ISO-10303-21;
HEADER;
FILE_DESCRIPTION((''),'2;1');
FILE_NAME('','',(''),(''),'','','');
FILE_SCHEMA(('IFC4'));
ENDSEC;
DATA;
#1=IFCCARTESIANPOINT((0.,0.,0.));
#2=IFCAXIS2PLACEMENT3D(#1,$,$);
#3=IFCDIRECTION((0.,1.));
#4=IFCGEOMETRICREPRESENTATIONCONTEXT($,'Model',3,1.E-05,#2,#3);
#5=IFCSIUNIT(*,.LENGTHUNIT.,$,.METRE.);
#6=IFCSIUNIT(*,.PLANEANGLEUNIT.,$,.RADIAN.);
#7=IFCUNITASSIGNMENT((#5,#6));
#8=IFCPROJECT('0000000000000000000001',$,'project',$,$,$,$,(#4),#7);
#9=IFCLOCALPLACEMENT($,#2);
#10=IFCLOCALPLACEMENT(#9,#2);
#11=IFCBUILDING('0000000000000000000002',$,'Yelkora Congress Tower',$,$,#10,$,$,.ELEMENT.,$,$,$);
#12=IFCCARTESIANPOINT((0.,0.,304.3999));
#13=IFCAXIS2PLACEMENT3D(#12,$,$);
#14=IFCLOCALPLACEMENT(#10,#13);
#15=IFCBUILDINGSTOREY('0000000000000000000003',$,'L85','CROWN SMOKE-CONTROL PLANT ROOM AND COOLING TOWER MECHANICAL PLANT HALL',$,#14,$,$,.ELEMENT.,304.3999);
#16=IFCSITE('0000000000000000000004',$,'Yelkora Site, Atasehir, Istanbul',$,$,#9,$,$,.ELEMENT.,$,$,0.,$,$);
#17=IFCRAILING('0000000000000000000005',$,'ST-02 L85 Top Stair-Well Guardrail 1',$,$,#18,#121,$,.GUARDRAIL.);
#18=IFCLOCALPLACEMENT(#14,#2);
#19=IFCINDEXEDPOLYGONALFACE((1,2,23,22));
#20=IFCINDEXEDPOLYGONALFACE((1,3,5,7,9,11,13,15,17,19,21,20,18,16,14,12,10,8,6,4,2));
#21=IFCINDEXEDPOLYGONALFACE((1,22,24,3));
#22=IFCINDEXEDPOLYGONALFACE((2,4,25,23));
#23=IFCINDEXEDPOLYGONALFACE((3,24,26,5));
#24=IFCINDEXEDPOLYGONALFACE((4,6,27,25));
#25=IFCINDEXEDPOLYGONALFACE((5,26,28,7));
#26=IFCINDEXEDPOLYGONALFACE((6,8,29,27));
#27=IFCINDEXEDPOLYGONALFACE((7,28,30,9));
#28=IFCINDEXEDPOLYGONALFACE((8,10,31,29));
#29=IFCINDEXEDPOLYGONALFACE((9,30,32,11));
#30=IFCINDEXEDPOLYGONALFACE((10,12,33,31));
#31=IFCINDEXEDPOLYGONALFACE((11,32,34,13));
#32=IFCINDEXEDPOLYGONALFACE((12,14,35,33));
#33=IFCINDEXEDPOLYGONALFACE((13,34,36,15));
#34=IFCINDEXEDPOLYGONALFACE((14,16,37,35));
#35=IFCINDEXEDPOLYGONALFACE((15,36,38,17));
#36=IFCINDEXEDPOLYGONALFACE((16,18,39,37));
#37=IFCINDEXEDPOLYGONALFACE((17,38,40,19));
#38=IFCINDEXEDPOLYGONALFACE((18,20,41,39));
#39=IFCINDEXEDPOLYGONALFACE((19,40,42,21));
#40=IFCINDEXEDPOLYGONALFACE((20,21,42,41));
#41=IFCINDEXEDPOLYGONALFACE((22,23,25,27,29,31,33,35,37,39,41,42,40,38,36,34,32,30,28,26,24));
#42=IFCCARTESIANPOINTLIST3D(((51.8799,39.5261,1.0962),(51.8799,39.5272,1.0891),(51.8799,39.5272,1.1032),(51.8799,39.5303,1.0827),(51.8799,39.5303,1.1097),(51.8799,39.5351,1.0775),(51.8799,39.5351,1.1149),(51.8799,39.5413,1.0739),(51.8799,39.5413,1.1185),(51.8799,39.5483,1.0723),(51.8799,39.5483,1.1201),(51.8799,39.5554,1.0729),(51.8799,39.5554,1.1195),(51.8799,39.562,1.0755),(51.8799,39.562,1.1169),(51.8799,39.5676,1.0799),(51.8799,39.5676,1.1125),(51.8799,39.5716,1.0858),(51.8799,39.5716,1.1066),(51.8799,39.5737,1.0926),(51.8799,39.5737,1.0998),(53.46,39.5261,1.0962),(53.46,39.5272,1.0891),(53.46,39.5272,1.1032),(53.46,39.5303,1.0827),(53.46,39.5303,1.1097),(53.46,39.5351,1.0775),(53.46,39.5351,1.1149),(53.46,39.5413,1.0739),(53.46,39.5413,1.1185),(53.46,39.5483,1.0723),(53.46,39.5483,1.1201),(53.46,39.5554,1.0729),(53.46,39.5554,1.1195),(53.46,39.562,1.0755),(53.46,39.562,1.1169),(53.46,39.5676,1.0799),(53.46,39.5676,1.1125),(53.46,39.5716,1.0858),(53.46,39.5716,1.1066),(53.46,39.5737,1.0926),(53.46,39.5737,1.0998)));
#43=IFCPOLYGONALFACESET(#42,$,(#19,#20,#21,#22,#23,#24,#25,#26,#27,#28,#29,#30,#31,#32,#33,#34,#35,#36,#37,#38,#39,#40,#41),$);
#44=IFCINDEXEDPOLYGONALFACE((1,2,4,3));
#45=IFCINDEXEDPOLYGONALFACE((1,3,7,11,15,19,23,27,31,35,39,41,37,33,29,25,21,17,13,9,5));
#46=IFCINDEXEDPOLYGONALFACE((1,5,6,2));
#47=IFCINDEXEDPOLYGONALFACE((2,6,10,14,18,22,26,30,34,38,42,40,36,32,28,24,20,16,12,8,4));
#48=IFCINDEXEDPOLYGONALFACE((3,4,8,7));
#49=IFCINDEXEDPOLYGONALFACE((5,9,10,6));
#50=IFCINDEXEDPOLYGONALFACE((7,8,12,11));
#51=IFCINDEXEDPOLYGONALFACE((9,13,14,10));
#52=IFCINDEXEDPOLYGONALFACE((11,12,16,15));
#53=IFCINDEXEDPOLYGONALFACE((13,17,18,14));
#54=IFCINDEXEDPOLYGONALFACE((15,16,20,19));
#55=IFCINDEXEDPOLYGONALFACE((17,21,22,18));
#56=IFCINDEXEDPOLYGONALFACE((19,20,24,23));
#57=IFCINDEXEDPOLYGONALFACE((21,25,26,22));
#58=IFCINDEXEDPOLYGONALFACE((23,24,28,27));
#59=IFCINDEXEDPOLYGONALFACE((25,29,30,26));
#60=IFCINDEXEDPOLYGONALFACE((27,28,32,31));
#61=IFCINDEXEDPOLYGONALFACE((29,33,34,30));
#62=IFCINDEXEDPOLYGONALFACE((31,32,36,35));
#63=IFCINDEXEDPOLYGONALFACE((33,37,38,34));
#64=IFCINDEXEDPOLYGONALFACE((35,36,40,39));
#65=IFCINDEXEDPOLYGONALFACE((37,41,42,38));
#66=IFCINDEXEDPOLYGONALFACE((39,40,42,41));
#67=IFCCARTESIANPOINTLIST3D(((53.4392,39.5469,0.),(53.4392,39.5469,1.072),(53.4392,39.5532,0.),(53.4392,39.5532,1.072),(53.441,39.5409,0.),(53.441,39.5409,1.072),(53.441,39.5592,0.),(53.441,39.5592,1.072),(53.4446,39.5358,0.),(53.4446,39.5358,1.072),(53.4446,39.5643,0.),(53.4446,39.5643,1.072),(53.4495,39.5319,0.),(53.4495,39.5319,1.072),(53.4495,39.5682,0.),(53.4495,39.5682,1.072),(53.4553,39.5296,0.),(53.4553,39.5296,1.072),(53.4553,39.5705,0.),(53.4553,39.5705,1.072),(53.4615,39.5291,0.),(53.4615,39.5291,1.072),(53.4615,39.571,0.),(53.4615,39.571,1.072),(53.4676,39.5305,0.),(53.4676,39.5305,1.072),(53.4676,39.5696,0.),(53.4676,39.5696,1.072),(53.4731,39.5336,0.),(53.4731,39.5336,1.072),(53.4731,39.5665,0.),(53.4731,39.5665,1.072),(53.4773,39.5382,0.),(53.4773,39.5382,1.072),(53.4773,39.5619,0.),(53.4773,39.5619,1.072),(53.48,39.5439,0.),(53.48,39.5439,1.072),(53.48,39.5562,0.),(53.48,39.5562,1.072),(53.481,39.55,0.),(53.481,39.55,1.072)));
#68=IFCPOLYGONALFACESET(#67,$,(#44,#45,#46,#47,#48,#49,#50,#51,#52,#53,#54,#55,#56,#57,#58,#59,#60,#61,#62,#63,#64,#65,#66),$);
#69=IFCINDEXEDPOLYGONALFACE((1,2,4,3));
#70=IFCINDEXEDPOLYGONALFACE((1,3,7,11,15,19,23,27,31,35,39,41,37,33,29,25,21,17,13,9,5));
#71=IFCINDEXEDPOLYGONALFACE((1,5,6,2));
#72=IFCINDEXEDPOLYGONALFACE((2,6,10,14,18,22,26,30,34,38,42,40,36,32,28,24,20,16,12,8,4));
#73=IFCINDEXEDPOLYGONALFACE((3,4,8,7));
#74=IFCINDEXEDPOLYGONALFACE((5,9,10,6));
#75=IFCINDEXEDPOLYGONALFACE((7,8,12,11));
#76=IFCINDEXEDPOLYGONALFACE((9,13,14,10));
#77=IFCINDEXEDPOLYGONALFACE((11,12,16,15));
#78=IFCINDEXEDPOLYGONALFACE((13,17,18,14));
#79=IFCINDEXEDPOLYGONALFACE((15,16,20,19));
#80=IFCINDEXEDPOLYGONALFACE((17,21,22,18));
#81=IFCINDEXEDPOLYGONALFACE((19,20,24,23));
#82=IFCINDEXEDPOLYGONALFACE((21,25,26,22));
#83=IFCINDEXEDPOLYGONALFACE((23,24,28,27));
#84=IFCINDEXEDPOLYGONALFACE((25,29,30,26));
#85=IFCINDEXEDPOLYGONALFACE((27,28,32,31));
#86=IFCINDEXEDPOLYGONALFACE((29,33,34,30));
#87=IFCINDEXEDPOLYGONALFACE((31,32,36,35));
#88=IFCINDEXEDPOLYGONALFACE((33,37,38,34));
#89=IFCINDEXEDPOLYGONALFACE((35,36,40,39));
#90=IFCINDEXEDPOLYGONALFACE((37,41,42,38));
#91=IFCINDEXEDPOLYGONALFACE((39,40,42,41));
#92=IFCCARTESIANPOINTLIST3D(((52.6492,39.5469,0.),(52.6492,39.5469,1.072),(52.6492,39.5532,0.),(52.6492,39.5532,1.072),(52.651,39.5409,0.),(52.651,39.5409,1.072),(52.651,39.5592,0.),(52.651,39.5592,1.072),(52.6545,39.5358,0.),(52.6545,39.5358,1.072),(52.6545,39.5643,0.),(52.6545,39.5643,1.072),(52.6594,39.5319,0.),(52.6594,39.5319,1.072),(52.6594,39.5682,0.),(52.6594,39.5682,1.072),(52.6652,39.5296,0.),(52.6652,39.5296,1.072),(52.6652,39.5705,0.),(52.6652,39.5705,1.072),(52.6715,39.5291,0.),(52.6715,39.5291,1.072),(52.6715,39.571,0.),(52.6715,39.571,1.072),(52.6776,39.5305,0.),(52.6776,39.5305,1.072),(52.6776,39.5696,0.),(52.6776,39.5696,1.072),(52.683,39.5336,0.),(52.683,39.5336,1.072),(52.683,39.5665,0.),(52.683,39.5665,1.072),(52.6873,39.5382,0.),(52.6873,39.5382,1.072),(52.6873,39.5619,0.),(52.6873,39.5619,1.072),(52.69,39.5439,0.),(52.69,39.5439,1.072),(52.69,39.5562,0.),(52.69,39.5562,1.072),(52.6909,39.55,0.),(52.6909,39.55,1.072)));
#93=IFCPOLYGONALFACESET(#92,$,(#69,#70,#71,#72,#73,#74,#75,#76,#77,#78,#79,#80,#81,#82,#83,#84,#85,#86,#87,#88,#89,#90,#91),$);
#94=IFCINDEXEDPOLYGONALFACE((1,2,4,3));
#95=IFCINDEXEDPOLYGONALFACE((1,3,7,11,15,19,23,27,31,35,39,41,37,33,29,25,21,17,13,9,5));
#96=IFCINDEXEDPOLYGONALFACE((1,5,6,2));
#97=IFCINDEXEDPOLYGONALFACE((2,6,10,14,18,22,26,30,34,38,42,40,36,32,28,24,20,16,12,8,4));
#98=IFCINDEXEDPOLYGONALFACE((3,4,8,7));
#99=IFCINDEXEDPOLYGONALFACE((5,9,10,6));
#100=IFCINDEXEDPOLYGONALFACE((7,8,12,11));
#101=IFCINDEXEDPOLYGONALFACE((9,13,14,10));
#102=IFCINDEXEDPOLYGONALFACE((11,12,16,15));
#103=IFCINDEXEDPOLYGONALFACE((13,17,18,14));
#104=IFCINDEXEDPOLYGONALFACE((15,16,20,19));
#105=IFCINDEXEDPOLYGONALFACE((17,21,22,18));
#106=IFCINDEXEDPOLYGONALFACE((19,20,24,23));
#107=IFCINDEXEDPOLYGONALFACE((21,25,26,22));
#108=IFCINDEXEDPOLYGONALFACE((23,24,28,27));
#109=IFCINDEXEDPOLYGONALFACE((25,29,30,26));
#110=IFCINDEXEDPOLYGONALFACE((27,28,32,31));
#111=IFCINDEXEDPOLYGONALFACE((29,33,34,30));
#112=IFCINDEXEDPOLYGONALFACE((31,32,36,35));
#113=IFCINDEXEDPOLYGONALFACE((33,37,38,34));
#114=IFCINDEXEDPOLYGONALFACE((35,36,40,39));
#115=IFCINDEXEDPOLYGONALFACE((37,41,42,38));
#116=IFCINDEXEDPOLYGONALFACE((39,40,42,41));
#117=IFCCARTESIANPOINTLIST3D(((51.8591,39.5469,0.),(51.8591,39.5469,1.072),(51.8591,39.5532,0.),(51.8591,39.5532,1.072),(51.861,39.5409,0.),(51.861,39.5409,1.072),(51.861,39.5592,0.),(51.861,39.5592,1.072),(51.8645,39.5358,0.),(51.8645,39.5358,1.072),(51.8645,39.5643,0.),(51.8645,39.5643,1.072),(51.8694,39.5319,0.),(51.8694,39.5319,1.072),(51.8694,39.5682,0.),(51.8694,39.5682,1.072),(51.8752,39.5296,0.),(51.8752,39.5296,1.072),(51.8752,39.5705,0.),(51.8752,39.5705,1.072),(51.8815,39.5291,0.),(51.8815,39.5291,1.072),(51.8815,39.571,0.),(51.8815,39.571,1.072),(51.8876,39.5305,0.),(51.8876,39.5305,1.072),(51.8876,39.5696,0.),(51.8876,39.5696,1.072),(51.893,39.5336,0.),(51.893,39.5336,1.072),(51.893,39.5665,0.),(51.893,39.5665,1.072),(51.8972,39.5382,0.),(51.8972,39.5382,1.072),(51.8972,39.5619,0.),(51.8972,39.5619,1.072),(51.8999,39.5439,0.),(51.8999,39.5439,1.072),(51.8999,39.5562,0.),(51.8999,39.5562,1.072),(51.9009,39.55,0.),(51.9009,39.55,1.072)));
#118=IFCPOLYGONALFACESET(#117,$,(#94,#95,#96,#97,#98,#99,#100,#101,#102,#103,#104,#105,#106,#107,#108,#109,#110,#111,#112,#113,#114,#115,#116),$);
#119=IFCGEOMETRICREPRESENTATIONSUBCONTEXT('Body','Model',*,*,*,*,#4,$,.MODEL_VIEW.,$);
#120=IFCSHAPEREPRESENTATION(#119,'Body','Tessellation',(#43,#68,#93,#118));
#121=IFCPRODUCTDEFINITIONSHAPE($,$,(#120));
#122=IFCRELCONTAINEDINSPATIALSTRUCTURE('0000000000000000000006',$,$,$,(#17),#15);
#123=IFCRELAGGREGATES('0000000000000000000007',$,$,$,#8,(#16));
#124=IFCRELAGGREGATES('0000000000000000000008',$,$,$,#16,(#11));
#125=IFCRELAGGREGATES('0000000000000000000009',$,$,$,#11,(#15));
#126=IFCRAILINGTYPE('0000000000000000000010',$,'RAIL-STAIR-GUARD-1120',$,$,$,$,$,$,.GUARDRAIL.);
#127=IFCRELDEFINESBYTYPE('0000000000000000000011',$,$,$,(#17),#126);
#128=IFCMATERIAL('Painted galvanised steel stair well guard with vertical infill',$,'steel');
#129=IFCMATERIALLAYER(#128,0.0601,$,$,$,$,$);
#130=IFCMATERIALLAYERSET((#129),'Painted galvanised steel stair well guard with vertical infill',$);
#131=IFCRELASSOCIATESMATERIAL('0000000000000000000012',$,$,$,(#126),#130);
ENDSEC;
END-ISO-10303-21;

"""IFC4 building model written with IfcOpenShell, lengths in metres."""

from ifc_helpers import new_model, si_unit, direction, frame, origin, origin_2d, place, context, subcontext, project, spatial, circle, extrude, material, layer, layer_set, type_object, element, save


model = new_model("IFC4")

# Units and contexts
model_context = context("Model", 3, precision=1e-05, world=origin(), true_north=direction((0.0, 1.0)))
body_context = subcontext(model_context, "Body", "Model", "MODEL_VIEW")
ifc_project = project(units=[si_unit("LENGTHUNIT", "METRE"), si_unit("PLANEANGLEUNIT", "RADIAN")], contexts=[model_context])

# Site, building, storey
site_placement = place(None, origin())
site = spatial("IfcSite", under=ifc_project, at=site_placement, Name="Yelkora Site, Atasehir, Istanbul", CompositionType="ELEMENT", RefElevation=0.0)
building_placement = place(site_placement, origin())
building = spatial("IfcBuilding", under=site, at=building_placement, Name="Yelkora Congress Tower", CompositionType="ELEMENT")
storey_placement = place(building_placement, frame((0.0, 0.0, 304.3999)))
storey = spatial("IfcBuildingStorey", under=building, at=storey_placement, Name="L85", Description="CROWN SMOKE-CONTROL PLANT ROOM AND COOLING TOWER MECHANICAL PLANT HALL", CompositionType="ELEMENT", Elevation=304.3999)

# Railing
ifc_material_1 = material(Name="Painted galvanised steel stair well guard with vertical infill", Category="steel")
ifc_layer_1 = layer(ifc_material_1, 0.0601)
ifc_layer_set_1 = layer_set([ifc_layer_1], Name="Painted galvanised steel stair well guard with vertical infill")
railing_type = type_object("IfcRailingType", Name="RAIL-STAIR-GUARD-1120", PredefinedType="GUARDRAIL", material=ifc_layer_set_1)
railing_1_placement = place(storey_placement, frame((53.46, 39.55, 0.0)))
element("IfcRailing", 1, at=railing_1_placement, inside=storey, type_object=railing_type, Name="ST-02 L85 Top Stair-Well Guardrail 1", PredefinedType="GUARDRAIL", context=body_context, shape_type="SweptSolid", body=[
    extrude(circle(Radius=0.0239, at=origin_2d()), frame((0.0, 0.0, 1.0962), z_axis=(-1.0, 0.0, 0.0), x_axis=(0.0, -1.0, 0.0)), (0.0, 0.0, 1.0), 1.5801),
    extrude(circle(Radius=0.021, at=origin_2d()), origin(), (0.0, 0.0, 1.0), 1.072),
    extrude(circle(Radius=0.021, at=origin_2d()), frame((-0.79, 0.0, 0.0)), (0.0, 0.0, 1.0), 1.072),
    extrude(circle(Radius=0.021, at=origin_2d()), frame((-1.5801, 0.0, 0.0)), (0.0, 0.0, 1.0), 1.072),
])

save(model, "model.ifc")
